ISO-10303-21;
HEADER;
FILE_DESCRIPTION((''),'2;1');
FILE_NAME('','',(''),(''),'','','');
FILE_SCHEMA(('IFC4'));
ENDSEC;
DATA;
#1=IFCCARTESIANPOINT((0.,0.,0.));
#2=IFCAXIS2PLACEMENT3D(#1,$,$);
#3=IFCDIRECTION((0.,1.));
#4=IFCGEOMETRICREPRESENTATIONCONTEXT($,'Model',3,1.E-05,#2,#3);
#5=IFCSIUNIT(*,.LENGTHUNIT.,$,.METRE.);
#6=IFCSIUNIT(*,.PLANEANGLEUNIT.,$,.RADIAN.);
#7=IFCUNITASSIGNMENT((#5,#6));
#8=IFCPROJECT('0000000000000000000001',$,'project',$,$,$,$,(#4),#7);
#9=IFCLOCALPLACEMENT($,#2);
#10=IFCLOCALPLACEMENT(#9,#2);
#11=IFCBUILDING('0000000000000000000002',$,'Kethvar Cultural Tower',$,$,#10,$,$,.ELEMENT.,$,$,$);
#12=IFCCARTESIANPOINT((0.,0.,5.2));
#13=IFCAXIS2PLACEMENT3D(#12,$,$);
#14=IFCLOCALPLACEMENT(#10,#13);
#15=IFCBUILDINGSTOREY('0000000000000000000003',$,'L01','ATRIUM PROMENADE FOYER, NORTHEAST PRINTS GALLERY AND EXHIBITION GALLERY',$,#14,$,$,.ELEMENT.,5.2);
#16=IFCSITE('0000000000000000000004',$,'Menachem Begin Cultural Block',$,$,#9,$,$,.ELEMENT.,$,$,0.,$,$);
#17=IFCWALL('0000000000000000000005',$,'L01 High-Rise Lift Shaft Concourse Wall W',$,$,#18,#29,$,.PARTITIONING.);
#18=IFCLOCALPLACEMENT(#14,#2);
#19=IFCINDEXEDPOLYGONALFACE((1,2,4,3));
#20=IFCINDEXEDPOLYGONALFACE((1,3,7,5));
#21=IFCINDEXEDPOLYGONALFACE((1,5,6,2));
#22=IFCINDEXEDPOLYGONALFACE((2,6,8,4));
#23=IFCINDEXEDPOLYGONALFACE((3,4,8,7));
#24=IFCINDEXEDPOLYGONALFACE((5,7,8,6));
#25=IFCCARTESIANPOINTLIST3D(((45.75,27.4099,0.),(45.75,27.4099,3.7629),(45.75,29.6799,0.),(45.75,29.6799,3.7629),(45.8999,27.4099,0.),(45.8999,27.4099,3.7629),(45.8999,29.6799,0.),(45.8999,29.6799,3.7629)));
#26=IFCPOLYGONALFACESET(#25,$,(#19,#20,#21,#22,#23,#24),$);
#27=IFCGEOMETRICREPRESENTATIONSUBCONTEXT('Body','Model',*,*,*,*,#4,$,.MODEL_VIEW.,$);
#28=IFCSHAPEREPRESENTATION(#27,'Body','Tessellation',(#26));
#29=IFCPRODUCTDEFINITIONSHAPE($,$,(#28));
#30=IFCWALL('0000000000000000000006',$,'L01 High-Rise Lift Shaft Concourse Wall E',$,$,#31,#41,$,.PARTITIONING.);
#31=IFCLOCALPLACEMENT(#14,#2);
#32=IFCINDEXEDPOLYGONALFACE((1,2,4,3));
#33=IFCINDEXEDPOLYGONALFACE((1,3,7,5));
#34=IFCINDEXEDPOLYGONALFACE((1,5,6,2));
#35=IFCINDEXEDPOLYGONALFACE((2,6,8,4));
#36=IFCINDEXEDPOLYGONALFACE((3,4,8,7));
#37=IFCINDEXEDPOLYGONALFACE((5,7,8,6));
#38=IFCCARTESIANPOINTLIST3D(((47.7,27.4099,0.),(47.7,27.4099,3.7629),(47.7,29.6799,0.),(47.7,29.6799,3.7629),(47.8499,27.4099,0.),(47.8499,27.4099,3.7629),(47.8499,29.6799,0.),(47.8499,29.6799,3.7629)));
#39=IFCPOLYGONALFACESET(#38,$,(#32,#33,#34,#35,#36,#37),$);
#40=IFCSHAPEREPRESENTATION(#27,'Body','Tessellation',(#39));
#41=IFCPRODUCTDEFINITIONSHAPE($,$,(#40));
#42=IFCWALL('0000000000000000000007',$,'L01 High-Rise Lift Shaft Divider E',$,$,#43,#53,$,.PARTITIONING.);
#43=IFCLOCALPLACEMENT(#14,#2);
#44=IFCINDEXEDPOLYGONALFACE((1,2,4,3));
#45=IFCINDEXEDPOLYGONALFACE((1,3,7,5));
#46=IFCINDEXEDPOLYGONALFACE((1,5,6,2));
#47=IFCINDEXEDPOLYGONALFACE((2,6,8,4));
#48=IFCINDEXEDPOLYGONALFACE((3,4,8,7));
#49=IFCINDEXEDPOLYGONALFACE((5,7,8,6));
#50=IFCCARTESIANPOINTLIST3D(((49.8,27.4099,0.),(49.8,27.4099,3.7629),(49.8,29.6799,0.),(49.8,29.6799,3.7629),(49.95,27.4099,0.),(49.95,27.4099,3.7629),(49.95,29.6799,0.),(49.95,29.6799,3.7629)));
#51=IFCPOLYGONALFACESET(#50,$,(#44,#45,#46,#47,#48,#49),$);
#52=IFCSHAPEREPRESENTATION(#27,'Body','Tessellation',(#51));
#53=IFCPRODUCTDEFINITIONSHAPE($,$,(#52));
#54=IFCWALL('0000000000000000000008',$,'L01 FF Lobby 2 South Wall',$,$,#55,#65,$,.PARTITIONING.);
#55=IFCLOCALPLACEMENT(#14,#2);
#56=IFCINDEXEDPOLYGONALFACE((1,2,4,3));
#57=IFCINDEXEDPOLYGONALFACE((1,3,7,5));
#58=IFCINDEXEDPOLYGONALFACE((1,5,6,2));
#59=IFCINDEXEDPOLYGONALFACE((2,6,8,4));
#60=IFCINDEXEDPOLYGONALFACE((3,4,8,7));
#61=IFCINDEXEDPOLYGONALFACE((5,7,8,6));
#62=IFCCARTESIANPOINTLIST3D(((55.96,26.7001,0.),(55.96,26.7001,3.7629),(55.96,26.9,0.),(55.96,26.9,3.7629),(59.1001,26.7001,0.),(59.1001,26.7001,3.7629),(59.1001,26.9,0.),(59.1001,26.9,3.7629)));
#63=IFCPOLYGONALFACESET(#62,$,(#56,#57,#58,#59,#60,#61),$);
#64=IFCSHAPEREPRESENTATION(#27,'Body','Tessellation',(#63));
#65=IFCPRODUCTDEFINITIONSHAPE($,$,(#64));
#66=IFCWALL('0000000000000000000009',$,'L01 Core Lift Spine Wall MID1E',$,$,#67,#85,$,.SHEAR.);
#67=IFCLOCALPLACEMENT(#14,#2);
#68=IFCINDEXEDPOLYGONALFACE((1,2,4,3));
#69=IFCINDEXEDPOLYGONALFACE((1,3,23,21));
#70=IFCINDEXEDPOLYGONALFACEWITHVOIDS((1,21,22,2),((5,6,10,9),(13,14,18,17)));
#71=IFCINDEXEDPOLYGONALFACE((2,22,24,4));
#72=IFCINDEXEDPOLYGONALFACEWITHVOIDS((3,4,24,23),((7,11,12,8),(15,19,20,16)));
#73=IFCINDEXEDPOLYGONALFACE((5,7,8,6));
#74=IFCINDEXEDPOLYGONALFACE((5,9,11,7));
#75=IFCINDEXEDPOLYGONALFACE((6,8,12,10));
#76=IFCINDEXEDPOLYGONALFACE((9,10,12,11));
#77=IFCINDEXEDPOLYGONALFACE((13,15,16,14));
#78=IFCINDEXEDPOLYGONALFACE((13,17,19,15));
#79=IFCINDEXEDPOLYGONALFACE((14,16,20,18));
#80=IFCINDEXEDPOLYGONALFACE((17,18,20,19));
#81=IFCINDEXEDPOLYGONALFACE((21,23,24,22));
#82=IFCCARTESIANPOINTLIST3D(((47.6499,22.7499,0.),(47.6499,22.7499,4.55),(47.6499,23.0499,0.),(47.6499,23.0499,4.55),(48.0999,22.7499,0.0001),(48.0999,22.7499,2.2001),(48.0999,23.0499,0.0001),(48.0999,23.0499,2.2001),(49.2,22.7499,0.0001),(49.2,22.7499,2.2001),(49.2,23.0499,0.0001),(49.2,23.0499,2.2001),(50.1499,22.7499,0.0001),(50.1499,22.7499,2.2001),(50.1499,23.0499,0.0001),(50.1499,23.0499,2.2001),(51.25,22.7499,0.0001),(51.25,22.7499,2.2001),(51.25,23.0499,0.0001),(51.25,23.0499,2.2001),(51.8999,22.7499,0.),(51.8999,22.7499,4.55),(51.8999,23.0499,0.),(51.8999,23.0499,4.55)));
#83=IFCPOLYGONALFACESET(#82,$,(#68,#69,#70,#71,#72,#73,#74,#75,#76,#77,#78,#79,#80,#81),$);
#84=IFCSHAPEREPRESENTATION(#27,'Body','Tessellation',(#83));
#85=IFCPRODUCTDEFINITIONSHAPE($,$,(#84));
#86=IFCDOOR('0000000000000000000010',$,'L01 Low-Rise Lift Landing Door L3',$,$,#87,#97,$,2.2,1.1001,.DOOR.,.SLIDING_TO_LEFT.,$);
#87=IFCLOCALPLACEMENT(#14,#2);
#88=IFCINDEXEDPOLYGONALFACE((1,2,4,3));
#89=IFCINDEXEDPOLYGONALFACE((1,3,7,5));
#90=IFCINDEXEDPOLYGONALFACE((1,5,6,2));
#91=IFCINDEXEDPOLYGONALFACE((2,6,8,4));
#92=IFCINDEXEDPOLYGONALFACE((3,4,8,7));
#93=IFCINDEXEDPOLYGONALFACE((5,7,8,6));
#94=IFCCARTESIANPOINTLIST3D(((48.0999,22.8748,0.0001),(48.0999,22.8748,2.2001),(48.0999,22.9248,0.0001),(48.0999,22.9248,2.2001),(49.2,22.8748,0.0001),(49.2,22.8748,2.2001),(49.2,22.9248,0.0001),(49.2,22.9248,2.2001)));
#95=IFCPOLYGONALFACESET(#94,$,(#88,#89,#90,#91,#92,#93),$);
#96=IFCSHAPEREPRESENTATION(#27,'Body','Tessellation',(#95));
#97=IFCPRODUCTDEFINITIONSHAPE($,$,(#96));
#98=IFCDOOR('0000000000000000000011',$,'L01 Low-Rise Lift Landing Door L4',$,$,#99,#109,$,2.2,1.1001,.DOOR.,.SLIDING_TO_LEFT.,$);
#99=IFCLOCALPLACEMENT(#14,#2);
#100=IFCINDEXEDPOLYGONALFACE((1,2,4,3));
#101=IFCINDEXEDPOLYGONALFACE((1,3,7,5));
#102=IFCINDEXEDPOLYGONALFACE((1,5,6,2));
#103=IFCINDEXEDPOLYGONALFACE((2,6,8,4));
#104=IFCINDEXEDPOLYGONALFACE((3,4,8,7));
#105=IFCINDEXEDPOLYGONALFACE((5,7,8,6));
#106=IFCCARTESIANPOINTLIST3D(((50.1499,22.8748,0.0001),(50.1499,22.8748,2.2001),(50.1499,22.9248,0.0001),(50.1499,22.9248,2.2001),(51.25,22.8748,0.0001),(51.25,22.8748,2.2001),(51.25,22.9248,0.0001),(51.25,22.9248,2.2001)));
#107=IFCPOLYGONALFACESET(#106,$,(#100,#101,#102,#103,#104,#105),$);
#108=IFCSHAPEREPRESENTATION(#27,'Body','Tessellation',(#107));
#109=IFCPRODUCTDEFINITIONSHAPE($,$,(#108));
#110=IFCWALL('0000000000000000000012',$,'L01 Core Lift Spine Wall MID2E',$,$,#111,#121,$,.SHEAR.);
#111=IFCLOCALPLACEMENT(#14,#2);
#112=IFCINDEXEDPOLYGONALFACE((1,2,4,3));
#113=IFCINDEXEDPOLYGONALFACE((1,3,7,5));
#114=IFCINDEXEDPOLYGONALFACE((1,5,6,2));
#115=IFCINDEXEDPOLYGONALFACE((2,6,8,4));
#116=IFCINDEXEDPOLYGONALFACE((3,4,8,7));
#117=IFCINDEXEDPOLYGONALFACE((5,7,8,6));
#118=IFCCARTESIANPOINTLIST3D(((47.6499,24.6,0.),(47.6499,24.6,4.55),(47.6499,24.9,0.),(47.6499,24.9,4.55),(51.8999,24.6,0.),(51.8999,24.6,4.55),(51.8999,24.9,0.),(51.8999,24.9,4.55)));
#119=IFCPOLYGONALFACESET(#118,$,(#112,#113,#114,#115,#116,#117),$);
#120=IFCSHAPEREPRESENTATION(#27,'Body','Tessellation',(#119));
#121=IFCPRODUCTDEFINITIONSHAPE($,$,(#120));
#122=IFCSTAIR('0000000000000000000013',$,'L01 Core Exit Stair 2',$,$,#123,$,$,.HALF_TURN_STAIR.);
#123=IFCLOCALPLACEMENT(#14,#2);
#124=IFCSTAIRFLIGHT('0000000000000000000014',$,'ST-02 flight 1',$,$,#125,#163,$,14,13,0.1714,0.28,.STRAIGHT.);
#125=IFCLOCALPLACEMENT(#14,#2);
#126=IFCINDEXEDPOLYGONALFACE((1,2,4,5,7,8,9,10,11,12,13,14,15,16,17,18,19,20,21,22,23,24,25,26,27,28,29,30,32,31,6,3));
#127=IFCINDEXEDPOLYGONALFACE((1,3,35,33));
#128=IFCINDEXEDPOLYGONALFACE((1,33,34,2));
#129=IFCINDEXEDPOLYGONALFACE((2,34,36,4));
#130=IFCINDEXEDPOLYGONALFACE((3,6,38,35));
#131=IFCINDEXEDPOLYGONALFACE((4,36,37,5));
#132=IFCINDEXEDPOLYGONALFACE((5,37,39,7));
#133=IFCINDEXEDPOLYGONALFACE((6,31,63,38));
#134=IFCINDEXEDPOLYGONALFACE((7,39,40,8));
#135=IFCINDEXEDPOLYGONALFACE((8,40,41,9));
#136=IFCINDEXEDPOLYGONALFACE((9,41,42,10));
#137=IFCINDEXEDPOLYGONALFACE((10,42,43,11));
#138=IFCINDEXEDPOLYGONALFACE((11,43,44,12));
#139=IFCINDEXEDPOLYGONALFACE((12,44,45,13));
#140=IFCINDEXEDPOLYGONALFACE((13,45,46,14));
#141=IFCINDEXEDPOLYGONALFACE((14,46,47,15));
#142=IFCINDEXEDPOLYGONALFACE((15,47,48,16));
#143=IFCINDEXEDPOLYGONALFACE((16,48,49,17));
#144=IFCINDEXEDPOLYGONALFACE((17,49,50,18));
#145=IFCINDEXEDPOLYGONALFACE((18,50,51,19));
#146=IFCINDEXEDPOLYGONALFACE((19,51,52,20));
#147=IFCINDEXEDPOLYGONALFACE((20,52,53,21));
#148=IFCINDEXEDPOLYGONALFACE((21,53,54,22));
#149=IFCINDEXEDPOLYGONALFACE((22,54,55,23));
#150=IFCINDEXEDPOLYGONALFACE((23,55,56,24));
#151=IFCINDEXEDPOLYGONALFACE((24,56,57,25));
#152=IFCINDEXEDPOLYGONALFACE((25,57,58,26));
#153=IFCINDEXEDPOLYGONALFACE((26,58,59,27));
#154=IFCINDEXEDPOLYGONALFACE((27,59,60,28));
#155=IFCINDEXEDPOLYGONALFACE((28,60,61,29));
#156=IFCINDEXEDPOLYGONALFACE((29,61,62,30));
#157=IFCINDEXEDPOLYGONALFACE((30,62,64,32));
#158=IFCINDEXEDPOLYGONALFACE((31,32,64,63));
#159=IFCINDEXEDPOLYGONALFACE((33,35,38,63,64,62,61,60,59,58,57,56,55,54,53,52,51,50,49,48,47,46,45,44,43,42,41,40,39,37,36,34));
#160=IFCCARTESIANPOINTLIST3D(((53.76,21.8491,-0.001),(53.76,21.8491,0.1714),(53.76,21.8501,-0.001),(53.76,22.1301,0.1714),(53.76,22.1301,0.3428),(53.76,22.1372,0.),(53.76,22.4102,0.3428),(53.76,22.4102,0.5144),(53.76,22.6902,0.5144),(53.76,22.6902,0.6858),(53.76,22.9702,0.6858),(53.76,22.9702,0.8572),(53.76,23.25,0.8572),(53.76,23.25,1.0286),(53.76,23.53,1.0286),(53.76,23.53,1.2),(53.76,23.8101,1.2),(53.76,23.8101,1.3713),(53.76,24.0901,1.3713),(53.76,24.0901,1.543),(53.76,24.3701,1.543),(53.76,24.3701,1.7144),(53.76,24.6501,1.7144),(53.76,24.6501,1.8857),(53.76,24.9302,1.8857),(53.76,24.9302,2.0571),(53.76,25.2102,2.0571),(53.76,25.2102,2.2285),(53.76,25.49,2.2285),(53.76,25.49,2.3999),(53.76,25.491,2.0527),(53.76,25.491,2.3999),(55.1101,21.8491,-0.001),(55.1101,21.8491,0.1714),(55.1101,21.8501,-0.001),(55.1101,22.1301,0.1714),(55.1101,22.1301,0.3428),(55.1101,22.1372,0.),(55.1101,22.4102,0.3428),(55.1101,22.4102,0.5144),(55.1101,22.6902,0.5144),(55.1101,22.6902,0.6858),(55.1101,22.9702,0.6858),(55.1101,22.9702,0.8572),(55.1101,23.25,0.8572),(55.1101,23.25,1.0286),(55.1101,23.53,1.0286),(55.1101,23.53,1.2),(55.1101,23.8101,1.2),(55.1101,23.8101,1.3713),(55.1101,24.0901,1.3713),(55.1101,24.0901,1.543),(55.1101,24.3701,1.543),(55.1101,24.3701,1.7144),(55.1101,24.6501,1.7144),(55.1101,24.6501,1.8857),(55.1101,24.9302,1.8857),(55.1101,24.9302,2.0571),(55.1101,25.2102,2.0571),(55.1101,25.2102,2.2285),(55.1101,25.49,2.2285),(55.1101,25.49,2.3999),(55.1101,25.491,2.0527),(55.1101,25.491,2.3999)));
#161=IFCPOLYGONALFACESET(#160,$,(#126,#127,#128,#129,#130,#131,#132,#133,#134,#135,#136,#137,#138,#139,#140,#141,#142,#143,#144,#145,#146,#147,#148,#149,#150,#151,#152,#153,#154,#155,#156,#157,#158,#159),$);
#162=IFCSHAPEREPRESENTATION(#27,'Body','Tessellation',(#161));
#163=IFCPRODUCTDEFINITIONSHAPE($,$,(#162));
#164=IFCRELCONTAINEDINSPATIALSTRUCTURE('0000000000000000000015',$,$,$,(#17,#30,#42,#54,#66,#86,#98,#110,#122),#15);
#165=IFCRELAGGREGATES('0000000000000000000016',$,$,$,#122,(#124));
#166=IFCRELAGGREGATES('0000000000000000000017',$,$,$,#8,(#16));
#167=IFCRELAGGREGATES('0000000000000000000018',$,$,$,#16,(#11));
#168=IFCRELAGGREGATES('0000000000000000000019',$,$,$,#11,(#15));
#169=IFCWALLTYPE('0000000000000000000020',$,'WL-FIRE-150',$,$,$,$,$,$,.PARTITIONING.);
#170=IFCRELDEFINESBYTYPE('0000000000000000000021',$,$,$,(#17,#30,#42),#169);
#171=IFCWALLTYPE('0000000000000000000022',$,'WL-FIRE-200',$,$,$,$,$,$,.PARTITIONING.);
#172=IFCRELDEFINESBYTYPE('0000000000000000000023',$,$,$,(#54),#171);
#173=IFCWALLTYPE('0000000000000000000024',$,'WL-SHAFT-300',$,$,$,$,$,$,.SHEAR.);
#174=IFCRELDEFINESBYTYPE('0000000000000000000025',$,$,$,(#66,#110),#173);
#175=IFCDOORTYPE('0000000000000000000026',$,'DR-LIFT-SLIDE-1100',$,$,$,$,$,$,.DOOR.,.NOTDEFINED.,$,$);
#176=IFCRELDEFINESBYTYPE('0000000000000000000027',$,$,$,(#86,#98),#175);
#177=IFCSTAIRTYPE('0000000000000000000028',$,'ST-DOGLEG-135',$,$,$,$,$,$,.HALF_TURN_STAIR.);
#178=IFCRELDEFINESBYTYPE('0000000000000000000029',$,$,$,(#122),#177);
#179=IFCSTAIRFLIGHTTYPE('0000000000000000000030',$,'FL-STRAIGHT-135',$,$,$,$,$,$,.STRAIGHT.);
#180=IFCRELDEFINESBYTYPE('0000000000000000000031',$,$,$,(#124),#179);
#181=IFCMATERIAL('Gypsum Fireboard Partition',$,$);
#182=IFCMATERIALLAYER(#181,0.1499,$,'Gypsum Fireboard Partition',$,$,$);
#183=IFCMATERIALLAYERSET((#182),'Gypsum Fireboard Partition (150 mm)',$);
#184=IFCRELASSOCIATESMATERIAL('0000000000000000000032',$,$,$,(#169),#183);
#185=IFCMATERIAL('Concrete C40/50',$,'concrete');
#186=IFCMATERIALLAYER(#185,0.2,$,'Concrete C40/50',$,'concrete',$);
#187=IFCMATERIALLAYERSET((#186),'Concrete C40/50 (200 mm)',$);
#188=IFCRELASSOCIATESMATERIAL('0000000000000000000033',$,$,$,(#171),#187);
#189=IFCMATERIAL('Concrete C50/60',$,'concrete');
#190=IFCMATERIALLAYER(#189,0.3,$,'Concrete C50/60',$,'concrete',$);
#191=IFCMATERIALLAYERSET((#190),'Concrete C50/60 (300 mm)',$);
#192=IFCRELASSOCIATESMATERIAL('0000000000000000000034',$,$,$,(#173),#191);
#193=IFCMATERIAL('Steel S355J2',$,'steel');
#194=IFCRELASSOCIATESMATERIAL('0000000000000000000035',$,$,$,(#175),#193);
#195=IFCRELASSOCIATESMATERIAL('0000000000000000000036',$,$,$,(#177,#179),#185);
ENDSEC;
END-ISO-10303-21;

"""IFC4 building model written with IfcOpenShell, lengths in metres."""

from ifc_helpers import new_model, si_unit, direction, frame, frame_2d, origin, place, context, subcontext, project, spatial, polyline, rectangle, outline, extrude, source, transform, mapped, material, layer, layer_set, type_object, element, fill, aggregate, save


model = new_model("IFC4")

# Units and contexts
model_context = context("Model", 3, precision=1e-05, world=origin(), true_north=direction((0.0, 1.0)))
body_context = subcontext(model_context, "Body", "Model", "MODEL_VIEW")
ifc_project = project(units=[si_unit("LENGTHUNIT", "METRE"), si_unit("PLANEANGLEUNIT", "RADIAN")], contexts=[model_context])

# Site, building, storey
site_placement = place(None, origin())
site = spatial("IfcSite", under=ifc_project, at=site_placement, Name="Menachem Begin Cultural Block", CompositionType="ELEMENT", RefElevation=0.0)
building_placement = place(site_placement, origin())
building = spatial("IfcBuilding", under=site, at=building_placement, Name="Kethvar Cultural Tower", CompositionType="ELEMENT")
storey_placement = place(building_placement, frame((0.0, 0.0, 5.2)))
storey = spatial("IfcBuildingStorey", under=building, at=storey_placement, Name="L01", Description="ATRIUM PROMENADE FOYER, NORTHEAST PRINTS GALLERY AND EXHIBITION GALLERY", CompositionType="ELEMENT", Elevation=5.2)

# Shared definitions
ifc_material_1 = material(Name="Steel S355J2", Category="steel")

# Walls
ifc_material_2 = material(Name="Gypsum Fireboard Partition")
ifc_layer_1 = layer(ifc_material_2, 0.1499, Name="Gypsum Fireboard Partition")
ifc_layer_set_1 = layer_set([ifc_layer_1], Name="Gypsum Fireboard Partition (150 mm)")
wall_type_1 = type_object("IfcWallType", Name="WL-FIRE-150", PredefinedType="PARTITIONING", material=ifc_layer_set_1)
for number, where, z_axis, x_axis, name in (
    (1, (45.825, 27.4099, 0.0), (0.0, 0.0, 1.0), (0.0, 1.0, 0.0), "L01 High-Rise Lift Shaft Concourse Wall W"),
    (2, (47.7749, 27.4099, 0.0), (0.0, 0.0, 1.0), (0.0, 1.0, 0.0), "L01 High-Rise Lift Shaft Concourse Wall E"),
    (3, (49.875, 27.4099, 0.0), (0.0, 0.0, 1.0), (0.0, 1.0, 0.0), "L01 High-Rise Lift Shaft Divider E"),
):
    element("IfcWall", number, at=place(storey_placement, frame(where, z_axis=z_axis, x_axis=x_axis)), inside=storey, type_object=wall_type_1, Name=name, PredefinedType="PARTITIONING", context=body_context, shape_type="SweptSolid", body=[
        extrude(rectangle(XDim=2.27, YDim=0.1499, at=frame_2d((1.135, 0.0))), origin(), (0.0, 0.0, 1.0), 3.7629),
    ])
ifc_material_3 = material(Name="Concrete C40/50", Category="concrete")
ifc_layer_2 = layer(ifc_material_3, 0.2, Name="Concrete C40/50", Category="concrete")
ifc_layer_set_2 = layer_set([ifc_layer_2], Name="Concrete C40/50 (200 mm)")
wall_type_2 = type_object("IfcWallType", Name="WL-FIRE-200", PredefinedType="PARTITIONING", material=ifc_layer_set_2)
wall_1_placement = place(storey_placement, frame((55.96, 26.8, 0.0), z_axis=(0.0, 0.0, 1.0), x_axis=(1.0, 0.0, 0.0)))
element("IfcWall", 4, at=wall_1_placement, inside=storey, type_object=wall_type_2, Name="L01 FF Lobby 2 South Wall", PredefinedType="PARTITIONING", context=body_context, shape_type="SweptSolid", body=[
    extrude(rectangle(XDim=3.1401, YDim=0.2, at=frame_2d((1.5701, 0.0))), origin(), (0.0, 0.0, 1.0), 3.7629),
])

# Wall, openings, doors
ifc_material_4 = material(Name="Concrete C50/60", Category="concrete")
ifc_layer_3 = layer(ifc_material_4, 0.3, Name="Concrete C50/60", Category="concrete")
ifc_layer_set_3 = layer_set([ifc_layer_3], Name="Concrete C50/60 (300 mm)")
wall_type_3 = type_object("IfcWallType", Name="WL-SHAFT-300", PredefinedType="SHEAR", material=ifc_layer_set_3)
wall_2_placement = place(storey_placement, frame((47.6499, 22.8999, 0.0), z_axis=(0.0, 0.0, 1.0), x_axis=(1.0, 0.0, 0.0)))
wall_2 = element("IfcWall", 5, at=wall_2_placement, inside=storey, type_object=wall_type_3, Name="L01 Core Lift Spine Wall MID1E", PredefinedType="SHEAR", context=body_context, shape_type="SweptSolid", body=[
    extrude(rectangle(XDim=4.25, YDim=0.3, at=frame_2d((2.125, 0.0))), origin(), (0.0, 0.0, 1.0), 4.55),
])
opening_1_placement = place(wall_2_placement, frame((0.45, 0.0, 0.0)))
opening_1 = element("IfcOpeningElement", 6, at=opening_1_placement, cuts=wall_2, PredefinedType="OPENING", context=body_context, shape_type="SweptSolid", body=[
    extrude(rectangle(XDim=1.1001, YDim=2.2, at=frame_2d((0.55, 1.1001))), frame((0.0, 0.1599, 0.0), z_axis=(0.0, -1.0, 0.0), x_axis=(1.0, 0.0, 0.0)), (0.0, 0.0, 1.0), 0.3201),
])
opening_2_placement = place(wall_2_placement, frame((2.5, 0.0, 0.0)))
opening_2 = element("IfcOpeningElement", 7, at=opening_2_placement, cuts=wall_2, PredefinedType="OPENING", context=body_context, shape_type="SweptSolid", body=[
    extrude(rectangle(XDim=1.1001, YDim=2.2, at=frame_2d((0.55, 1.1001))), frame((0.0, 0.1599, 0.0), z_axis=(0.0, -1.0, 0.0), x_axis=(1.0, 0.0, 0.0)), (0.0, 0.0, 1.0), 0.3201),
])
door_type = type_object("IfcDoorType", Name="DR-LIFT-SLIDE-1100", OperationType="NOTDEFINED", PredefinedType="DOOR", material=ifc_material_1)
shared_shape_1 = source(origin(), body_context, "Body", "SweptSolid", [
    extrude(rectangle(XDim=1.1001, YDim=2.2, at=frame_2d((0.55, 1.1001))), frame((0.0, 0.0249, 0.0), z_axis=(0.0, -1.0, 0.0), x_axis=(1.0, 0.0, 0.0)), (0.0, 0.0, 1.0), 0.05),
])
door_1_placement = place(opening_1_placement, origin())
door_1 = element("IfcDoor", 8, at=door_1_placement, inside=storey, type_object=door_type, Name="L01 Low-Rise Lift Landing Door L3", OperationType="SLIDING_TO_LEFT", OverallHeight=2.2, OverallWidth=1.1001, PredefinedType="DOOR", context=body_context, shape_type="MappedRepresentation", body=[
    mapped(shared_shape_1, transform((0.0, 0.0, 0.0), scale=1.0)),
])
fill(opening_1, door_1)
door_2_placement = place(opening_2_placement, origin())
door_2 = element("IfcDoor", 9, at=door_2_placement, inside=storey, type_object=door_type, Name="L01 Low-Rise Lift Landing Door L4", OperationType="SLIDING_TO_LEFT", OverallHeight=2.2, OverallWidth=1.1001, PredefinedType="DOOR", context=body_context, shape_type="MappedRepresentation", body=[
    mapped(shared_shape_1, transform((0.0, 0.0, 0.0), scale=1.0)),
])
fill(opening_2, door_2)

# Wall
wall_3_placement = place(storey_placement, frame((47.6499, 24.75, 0.0), z_axis=(0.0, 0.0, 1.0), x_axis=(1.0, 0.0, 0.0)))
element("IfcWall", 10, at=wall_3_placement, inside=storey, type_object=wall_type_3, Name="L01 Core Lift Spine Wall MID2E", PredefinedType="SHEAR", context=body_context, shape_type="SweptSolid", body=[
    extrude(rectangle(XDim=4.25, YDim=0.3, at=frame_2d((2.125, 0.0))), origin(), (0.0, 0.0, 1.0), 4.55),
])

# Stair, stair flight
stair_type = type_object("IfcStairType", Name="ST-DOGLEG-135", PredefinedType="HALF_TURN_STAIR", material=ifc_material_3)
stair_placement = place(storey_placement, origin())
stair = element("IfcStair", 11, at=stair_placement, inside=storey, type_object=stair_type, Name="L01 Core Exit Stair 2", PredefinedType="HALF_TURN_STAIR")
stair_flight_type = type_object("IfcStairFlightType", Name="FL-STRAIGHT-135", PredefinedType="STRAIGHT", material=ifc_material_3)
stair_flight_1_placement = place(storey_placement, frame((54.4351, 21.8501, 0.0), z_axis=(0.0, 0.0, 1.0), x_axis=(0.0, 1.0, 0.0)))
stair_flight_1 = element("IfcStairFlight", 12, at=stair_flight_1_placement, type_object=stair_flight_type, Name="ST-02 flight 1", NumberOfRisers=14, NumberOfTreads=13, PredefinedType="STRAIGHT", RiserHeight=0.1714, TreadLength=0.28, context=body_context, shape_type="SweptSolid", body=[
    extrude(outline(polyline([(-0.001, -0.001), (-0.001, 0.1714), (0.28, 0.1714), (0.28, 0.3428), (0.5601, 0.3428), (0.5601, 0.5144), (0.8401, 0.5144), (0.8401, 0.6858), (1.1201, 0.6858), (1.1201, 0.8572), (1.3999, 0.8572), (1.3999, 1.0286), (1.6799, 1.0286), (1.6799, 1.2), (1.96, 1.2), (1.96, 1.3713), (2.24, 1.3713), (2.24, 1.543), (2.52, 1.543), (2.52, 1.7144), (2.8, 1.7144), (2.8, 1.8857), (3.0801, 1.8857), (3.0801, 2.0571), (3.3601, 2.0571), (3.3601, 2.2285), (3.6399, 2.2285), (3.6399, 2.3999), (3.6409, 2.3999), (3.6409, 2.0527), (0.2871, 0.0), (0.0, -0.001), (-0.001, -0.001)])), frame((0.0, 0.675, 0.0), z_axis=(0.0, -1.0, 0.0), x_axis=(1.0, 0.0, 0.0)), (0.0, 0.0, 1.0), 1.3501),
])
aggregate(stair, [stair_flight_1])

save(model, "model.ifc")
